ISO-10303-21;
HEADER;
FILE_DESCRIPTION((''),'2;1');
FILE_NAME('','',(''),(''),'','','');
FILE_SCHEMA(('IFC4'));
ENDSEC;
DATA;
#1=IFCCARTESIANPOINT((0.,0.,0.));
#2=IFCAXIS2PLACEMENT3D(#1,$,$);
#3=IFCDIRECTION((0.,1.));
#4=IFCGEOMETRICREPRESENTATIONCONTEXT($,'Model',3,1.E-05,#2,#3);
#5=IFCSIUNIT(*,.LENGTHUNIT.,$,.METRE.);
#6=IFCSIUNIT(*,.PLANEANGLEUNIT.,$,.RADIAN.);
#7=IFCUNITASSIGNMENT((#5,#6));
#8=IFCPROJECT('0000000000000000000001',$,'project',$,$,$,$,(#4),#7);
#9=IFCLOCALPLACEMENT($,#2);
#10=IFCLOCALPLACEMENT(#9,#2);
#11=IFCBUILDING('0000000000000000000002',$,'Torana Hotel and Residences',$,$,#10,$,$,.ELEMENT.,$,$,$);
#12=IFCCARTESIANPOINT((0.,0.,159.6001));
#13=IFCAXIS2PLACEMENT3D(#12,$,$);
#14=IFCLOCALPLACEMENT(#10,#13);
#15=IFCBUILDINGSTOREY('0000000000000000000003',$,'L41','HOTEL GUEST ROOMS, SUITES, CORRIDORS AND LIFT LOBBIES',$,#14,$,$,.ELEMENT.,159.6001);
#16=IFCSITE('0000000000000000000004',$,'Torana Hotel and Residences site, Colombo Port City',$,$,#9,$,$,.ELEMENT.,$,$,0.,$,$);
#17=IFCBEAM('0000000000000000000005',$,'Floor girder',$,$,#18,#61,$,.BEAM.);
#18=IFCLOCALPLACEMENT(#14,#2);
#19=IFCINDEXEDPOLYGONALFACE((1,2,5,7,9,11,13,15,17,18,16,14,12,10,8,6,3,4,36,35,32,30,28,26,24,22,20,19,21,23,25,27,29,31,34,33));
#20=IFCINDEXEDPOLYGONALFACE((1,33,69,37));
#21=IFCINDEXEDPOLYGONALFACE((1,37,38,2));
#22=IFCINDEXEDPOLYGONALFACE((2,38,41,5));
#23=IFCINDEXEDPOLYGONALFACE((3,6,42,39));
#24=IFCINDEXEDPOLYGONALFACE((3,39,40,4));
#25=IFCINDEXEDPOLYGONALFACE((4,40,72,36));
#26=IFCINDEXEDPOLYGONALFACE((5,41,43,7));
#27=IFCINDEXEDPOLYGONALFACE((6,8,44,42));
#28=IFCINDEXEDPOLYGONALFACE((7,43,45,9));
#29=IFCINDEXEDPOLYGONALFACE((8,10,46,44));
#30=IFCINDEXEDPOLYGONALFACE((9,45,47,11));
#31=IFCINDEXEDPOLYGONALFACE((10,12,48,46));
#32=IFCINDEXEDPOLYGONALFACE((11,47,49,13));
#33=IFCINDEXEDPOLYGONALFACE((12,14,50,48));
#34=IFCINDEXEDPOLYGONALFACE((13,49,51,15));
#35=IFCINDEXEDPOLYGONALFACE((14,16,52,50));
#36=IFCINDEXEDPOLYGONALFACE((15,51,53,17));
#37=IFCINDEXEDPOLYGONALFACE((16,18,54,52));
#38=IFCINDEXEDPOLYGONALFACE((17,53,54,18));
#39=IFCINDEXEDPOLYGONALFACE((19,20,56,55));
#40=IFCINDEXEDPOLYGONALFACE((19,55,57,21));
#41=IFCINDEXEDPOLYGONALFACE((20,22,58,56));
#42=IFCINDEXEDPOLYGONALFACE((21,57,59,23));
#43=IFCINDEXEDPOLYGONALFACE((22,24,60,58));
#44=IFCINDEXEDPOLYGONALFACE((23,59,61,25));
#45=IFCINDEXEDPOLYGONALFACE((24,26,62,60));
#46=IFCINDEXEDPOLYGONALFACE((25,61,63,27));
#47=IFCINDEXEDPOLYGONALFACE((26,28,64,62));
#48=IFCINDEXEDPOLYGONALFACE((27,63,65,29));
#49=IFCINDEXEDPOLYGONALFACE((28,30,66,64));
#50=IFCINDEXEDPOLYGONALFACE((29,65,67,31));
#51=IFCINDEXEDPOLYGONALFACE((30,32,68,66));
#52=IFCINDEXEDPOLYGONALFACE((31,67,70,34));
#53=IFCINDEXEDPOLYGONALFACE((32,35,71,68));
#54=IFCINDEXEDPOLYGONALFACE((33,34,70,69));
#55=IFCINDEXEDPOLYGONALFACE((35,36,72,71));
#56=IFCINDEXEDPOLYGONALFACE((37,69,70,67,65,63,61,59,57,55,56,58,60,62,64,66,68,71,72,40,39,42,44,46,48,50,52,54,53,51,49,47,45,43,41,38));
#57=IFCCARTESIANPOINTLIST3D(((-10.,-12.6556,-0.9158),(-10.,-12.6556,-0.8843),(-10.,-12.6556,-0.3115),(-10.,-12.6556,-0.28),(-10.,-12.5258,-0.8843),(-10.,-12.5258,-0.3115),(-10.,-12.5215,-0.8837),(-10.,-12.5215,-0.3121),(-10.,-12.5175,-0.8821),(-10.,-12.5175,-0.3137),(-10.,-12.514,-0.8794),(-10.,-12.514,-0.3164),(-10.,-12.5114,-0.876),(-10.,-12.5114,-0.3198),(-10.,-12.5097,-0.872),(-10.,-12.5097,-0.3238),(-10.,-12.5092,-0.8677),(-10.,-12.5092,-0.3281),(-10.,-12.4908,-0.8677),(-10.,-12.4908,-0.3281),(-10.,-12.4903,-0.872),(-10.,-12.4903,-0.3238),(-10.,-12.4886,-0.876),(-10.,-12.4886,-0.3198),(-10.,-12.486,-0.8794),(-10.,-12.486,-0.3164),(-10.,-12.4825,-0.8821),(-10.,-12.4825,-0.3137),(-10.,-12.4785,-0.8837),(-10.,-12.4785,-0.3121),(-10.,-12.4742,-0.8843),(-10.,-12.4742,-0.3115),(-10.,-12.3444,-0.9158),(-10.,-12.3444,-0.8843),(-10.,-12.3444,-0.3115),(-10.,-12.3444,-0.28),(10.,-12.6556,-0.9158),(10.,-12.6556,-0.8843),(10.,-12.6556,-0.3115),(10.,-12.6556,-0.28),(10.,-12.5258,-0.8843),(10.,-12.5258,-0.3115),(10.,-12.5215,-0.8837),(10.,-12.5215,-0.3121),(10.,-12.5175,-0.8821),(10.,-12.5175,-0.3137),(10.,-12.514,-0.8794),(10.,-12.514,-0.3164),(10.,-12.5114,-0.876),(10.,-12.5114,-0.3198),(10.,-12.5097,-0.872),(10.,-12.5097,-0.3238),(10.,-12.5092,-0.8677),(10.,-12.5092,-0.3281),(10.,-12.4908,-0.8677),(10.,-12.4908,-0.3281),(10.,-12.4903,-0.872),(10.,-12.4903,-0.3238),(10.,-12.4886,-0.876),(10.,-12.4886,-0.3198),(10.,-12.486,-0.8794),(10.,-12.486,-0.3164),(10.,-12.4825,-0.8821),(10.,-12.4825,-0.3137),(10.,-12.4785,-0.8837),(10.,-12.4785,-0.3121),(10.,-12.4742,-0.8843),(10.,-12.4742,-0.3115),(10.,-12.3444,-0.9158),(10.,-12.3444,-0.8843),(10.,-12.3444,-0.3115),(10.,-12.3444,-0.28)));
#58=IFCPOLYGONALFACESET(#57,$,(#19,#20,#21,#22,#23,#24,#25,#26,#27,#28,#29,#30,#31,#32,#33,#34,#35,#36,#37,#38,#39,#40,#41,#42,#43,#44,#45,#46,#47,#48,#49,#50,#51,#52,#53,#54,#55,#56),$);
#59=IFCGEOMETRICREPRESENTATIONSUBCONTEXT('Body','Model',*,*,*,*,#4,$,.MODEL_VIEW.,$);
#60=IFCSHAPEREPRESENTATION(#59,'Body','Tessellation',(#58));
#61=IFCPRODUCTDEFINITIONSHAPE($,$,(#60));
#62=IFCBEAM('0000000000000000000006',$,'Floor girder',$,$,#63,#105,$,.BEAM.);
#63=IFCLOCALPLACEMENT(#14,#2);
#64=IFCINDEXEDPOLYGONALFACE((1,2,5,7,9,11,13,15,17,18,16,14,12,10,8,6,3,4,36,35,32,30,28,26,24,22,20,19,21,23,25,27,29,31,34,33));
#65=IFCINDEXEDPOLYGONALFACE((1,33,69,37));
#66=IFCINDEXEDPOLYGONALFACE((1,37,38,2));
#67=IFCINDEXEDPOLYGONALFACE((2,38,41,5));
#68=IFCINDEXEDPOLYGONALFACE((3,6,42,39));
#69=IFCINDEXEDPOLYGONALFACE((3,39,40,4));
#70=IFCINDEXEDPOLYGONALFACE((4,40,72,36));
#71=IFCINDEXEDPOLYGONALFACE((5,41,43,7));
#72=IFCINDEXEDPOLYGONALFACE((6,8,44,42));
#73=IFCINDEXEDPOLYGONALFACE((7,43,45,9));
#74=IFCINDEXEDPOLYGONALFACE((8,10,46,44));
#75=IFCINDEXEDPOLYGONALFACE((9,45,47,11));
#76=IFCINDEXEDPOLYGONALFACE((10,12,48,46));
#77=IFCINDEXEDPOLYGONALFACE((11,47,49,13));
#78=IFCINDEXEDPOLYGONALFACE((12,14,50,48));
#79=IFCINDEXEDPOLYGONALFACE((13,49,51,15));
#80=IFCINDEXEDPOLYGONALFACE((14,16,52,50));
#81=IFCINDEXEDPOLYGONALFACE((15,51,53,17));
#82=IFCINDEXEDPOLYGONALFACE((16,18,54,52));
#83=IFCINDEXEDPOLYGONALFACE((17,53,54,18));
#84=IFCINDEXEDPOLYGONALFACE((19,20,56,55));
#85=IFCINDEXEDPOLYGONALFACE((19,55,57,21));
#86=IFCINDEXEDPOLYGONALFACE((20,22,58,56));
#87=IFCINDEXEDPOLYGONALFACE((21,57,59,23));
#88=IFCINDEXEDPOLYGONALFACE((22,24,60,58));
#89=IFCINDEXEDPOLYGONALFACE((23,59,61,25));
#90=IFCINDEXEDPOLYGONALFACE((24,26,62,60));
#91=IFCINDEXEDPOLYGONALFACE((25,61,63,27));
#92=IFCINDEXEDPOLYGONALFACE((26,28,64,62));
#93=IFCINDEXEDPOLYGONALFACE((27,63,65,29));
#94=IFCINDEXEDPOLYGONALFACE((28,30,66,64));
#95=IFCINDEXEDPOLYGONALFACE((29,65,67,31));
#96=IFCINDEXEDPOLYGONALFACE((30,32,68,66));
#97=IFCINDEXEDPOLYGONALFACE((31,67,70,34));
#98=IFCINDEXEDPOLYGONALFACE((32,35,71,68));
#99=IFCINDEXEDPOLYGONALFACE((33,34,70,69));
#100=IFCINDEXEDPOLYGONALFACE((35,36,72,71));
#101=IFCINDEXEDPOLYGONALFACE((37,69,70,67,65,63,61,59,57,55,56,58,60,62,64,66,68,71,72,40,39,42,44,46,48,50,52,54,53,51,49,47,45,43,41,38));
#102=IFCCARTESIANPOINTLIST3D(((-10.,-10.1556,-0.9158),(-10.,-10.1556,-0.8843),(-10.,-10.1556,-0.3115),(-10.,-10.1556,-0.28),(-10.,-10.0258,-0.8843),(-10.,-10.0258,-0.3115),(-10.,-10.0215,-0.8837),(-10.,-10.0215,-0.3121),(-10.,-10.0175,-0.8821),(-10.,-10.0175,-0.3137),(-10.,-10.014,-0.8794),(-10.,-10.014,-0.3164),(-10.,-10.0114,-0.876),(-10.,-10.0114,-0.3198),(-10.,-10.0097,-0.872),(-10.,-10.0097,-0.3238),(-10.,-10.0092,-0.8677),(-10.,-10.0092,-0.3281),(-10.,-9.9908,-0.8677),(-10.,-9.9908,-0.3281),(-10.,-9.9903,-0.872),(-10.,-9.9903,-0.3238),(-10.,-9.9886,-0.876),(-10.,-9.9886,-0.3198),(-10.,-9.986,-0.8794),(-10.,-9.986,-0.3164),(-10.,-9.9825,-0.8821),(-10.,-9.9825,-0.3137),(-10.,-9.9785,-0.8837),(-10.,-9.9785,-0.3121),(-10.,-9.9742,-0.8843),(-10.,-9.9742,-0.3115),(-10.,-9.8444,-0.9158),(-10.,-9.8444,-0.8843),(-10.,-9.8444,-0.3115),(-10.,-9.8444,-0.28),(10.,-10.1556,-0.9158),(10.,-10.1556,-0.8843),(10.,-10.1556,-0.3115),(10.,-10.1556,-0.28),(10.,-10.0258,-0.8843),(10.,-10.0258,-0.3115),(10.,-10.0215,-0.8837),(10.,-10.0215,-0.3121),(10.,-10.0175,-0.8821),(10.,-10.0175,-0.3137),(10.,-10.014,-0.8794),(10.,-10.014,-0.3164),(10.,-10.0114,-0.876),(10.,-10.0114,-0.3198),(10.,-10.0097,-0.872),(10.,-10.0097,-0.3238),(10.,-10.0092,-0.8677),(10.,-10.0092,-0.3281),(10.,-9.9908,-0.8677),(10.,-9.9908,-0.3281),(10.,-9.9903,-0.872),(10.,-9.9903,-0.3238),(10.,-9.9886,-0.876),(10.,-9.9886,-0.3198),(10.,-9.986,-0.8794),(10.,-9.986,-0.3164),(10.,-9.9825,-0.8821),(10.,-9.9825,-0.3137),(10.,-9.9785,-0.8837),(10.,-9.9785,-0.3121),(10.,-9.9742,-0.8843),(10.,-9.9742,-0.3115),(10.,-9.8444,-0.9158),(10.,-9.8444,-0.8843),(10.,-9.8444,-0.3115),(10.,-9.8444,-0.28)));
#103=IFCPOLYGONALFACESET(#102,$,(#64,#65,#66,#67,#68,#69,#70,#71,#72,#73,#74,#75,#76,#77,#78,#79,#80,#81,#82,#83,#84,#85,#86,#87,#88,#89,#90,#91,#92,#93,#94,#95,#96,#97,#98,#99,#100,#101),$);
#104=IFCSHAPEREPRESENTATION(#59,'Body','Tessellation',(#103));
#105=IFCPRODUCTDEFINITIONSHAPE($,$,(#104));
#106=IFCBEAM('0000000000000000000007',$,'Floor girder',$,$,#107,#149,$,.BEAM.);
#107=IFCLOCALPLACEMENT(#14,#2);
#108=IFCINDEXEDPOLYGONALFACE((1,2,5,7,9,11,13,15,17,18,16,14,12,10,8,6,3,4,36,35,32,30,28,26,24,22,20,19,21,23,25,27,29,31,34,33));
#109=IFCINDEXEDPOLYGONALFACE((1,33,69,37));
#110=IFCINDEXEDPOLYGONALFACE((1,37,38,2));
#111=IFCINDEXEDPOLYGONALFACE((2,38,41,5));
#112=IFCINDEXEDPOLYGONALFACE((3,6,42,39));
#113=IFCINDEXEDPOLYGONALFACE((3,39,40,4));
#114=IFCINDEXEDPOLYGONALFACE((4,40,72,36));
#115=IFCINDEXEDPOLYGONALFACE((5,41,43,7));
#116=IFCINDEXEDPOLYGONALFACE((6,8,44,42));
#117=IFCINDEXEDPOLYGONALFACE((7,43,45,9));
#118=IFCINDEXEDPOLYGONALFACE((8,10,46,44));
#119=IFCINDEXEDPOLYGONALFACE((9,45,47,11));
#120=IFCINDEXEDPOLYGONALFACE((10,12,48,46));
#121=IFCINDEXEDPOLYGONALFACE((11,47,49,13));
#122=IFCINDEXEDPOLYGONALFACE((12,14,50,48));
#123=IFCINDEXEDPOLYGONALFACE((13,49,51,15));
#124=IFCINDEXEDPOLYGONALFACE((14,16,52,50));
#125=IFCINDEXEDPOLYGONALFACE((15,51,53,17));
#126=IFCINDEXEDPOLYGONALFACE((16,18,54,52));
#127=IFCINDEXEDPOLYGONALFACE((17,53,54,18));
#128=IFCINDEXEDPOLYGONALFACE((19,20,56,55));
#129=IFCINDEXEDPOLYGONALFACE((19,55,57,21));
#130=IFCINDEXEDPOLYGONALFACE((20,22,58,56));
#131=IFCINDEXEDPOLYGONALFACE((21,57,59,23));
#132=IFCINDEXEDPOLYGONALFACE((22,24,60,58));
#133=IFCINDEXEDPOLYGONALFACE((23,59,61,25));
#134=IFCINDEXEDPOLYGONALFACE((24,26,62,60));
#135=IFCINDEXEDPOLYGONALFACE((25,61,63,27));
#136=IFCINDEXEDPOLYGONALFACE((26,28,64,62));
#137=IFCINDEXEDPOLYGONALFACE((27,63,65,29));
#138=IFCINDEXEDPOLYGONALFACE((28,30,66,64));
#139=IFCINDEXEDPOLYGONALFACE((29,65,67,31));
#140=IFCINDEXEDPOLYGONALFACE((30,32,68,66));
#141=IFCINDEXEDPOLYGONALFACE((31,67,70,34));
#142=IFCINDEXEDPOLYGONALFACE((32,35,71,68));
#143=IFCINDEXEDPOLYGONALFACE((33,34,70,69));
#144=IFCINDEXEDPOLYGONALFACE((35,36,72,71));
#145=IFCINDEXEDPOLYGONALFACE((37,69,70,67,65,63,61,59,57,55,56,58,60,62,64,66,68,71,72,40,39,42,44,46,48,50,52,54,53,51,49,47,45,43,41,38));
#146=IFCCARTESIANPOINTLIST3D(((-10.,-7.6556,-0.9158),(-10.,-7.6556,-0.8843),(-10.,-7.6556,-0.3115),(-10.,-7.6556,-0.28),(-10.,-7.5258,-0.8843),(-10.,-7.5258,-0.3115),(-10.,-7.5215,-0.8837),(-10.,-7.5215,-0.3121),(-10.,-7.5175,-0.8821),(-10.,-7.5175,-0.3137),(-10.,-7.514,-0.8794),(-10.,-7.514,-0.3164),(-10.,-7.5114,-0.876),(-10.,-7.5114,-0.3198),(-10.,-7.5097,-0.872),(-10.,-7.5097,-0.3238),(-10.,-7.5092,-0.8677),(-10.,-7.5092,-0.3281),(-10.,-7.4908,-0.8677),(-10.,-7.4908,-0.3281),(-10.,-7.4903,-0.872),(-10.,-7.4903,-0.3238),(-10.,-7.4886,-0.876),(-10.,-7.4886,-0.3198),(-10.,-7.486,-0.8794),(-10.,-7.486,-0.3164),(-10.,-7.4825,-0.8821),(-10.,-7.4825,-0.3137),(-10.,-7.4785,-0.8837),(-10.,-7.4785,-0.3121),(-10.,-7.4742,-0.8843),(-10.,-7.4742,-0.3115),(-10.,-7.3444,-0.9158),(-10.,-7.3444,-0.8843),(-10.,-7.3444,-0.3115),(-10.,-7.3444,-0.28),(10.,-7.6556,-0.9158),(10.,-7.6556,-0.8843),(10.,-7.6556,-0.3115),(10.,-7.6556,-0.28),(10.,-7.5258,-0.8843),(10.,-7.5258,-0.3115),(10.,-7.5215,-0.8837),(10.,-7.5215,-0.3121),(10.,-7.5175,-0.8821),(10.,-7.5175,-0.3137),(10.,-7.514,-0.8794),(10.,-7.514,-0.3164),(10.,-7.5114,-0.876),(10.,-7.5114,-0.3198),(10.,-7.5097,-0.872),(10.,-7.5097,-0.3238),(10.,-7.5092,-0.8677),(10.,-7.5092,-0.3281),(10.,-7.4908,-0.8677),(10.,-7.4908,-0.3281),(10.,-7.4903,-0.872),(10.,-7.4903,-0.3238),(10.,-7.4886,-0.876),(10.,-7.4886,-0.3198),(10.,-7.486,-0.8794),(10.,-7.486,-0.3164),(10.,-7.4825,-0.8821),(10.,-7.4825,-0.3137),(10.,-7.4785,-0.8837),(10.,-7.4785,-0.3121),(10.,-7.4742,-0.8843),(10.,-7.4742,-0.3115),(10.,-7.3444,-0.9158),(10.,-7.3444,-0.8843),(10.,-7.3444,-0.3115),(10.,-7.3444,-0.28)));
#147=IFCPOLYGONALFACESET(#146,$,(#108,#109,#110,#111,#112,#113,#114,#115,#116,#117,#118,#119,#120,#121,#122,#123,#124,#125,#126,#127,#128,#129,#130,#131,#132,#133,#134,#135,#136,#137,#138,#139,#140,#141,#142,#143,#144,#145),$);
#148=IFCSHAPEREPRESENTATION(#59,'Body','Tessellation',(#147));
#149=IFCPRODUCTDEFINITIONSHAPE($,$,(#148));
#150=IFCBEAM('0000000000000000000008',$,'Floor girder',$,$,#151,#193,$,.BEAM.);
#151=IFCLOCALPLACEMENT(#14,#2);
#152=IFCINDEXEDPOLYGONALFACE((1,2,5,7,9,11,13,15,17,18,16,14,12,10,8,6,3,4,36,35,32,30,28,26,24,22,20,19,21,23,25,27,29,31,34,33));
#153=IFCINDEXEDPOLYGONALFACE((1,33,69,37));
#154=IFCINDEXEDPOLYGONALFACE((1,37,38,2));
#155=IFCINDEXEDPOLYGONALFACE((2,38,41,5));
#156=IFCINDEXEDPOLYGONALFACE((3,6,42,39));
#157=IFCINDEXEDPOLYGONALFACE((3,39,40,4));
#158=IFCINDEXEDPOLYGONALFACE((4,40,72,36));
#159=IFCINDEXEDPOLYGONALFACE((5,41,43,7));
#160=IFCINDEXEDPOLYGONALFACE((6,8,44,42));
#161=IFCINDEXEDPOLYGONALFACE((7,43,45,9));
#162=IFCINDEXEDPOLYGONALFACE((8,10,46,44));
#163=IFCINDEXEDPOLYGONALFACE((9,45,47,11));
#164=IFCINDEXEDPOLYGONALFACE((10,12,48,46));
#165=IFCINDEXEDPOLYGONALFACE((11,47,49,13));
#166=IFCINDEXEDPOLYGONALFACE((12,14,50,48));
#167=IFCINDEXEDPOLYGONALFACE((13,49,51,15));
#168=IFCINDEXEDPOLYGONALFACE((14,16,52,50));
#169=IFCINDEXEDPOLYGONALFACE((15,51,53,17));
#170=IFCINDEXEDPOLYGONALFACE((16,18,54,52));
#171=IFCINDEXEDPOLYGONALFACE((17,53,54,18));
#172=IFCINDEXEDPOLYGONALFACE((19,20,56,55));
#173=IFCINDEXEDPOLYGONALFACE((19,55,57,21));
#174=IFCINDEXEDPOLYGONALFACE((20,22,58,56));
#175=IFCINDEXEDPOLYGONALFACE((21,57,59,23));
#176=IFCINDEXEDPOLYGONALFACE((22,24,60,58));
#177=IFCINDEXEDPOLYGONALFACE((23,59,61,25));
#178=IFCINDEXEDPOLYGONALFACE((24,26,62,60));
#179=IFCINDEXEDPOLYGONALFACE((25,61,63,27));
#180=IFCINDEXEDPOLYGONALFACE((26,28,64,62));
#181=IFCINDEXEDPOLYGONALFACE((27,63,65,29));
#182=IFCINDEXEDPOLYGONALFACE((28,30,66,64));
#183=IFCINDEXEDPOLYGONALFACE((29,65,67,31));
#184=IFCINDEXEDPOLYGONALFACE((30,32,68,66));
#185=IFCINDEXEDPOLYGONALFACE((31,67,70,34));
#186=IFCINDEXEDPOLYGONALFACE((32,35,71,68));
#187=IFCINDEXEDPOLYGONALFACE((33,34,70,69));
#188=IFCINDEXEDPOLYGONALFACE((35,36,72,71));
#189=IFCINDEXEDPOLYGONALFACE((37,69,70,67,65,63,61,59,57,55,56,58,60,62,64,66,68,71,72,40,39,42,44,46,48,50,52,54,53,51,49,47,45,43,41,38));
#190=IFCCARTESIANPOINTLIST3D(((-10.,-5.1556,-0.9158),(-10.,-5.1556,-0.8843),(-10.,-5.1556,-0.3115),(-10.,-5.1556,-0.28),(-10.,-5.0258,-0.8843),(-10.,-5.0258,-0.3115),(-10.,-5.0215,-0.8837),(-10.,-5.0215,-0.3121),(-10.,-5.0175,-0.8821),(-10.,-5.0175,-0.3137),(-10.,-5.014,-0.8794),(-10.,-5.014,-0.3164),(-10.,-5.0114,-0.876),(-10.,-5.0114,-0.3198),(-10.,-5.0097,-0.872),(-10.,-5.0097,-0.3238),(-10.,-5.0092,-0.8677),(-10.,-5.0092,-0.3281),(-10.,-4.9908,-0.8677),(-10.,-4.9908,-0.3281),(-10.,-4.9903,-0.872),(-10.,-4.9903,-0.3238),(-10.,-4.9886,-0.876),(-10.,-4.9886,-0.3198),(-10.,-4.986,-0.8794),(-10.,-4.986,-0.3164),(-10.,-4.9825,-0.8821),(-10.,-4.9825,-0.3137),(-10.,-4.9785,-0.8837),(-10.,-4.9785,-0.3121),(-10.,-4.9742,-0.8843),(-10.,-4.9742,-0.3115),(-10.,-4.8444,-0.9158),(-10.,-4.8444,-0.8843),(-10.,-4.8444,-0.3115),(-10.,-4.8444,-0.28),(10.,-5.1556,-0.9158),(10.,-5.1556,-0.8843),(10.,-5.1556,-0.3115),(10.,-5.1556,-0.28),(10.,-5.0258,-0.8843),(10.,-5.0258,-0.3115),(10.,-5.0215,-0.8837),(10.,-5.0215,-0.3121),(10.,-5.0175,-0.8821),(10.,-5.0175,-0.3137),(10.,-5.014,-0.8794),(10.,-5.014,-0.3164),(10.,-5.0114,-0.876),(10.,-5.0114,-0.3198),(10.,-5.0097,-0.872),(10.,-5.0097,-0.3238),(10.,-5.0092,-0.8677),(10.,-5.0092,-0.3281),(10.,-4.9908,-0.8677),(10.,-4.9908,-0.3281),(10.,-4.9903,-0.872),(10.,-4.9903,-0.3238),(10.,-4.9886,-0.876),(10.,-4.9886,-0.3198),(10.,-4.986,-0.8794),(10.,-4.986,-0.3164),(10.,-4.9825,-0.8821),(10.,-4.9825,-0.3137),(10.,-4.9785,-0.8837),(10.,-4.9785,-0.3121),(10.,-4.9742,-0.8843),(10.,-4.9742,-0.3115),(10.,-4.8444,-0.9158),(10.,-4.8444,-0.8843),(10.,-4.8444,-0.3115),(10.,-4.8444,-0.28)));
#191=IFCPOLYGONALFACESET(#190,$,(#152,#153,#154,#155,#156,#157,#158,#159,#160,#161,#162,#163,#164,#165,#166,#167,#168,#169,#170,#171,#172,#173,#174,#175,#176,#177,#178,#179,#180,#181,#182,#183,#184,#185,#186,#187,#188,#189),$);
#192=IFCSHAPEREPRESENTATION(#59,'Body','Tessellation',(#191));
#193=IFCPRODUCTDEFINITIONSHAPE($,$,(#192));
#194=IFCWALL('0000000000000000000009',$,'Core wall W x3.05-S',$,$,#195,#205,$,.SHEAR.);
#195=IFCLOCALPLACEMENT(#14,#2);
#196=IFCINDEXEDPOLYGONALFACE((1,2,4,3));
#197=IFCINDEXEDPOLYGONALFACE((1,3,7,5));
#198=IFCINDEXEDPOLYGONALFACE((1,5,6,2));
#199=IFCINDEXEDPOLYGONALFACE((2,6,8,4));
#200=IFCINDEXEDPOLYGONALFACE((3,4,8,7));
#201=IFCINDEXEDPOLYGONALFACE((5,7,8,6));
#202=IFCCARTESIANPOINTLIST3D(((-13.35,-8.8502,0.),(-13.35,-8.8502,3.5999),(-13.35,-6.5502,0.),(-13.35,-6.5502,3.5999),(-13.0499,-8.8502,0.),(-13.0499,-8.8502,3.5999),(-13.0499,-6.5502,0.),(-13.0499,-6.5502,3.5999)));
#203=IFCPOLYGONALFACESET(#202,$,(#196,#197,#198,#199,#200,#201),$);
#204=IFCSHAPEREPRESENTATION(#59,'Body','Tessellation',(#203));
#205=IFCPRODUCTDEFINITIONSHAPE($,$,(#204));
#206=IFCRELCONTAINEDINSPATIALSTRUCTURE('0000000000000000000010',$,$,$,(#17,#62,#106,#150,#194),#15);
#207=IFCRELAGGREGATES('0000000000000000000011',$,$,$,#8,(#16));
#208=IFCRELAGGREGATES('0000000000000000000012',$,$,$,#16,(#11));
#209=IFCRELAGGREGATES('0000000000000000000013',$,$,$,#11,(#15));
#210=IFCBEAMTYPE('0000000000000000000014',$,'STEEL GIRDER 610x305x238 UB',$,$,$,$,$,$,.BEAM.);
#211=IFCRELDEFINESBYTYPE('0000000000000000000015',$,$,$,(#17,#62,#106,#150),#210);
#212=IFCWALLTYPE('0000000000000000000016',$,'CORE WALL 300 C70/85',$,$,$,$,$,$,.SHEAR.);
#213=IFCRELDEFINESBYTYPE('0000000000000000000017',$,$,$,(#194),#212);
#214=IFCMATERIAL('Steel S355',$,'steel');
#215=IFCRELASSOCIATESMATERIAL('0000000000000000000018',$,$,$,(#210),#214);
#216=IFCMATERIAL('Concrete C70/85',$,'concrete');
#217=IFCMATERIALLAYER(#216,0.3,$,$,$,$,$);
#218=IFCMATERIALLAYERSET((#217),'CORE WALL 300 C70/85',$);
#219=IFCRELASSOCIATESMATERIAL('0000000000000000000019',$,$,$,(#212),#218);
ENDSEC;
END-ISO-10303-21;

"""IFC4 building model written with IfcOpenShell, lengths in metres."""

from ifc_helpers import new_model, si_unit, direction, frame, frame_2d, origin, origin_2d, place, context, subcontext, project, spatial, rectangle, i_section, extrude, material, layer, layer_set, material_profile, profile_set, type_object, element, save


model = new_model("IFC4")

# Units and contexts
model_context = context("Model", 3, precision=1e-05, world=origin(), true_north=direction((0.0, 1.0)))
body_context = subcontext(model_context, "Body", "Model", "MODEL_VIEW")
ifc_project = project(units=[si_unit("LENGTHUNIT", "METRE"), si_unit("PLANEANGLEUNIT", "RADIAN")], contexts=[model_context])

# Site, building, storey
site_placement = place(None, origin())
site = spatial("IfcSite", under=ifc_project, at=site_placement, Name="Torana Hotel and Residences site, Colombo Port City", CompositionType="ELEMENT", RefElevation=0.0)
building_placement = place(site_placement, origin())
building = spatial("IfcBuilding", under=site, at=building_placement, Name="Torana Hotel and Residences", CompositionType="ELEMENT")
storey_placement = place(building_placement, frame((0.0, 0.0, 159.6001)))
storey = spatial("IfcBuildingStorey", under=building, at=storey_placement, Name="L41", Description="HOTEL GUEST ROOMS, SUITES, CORRIDORS AND LIFT LOBBIES", CompositionType="ELEMENT", Elevation=159.6001)

# Beams
ifc_material_1 = material(Name="Steel S355", Category="steel")
ifc_material_profile = material_profile(ifc_material_1, i_section(OverallWidth=0.3113, OverallDepth=0.6357, WebThickness=0.0183, FlangeThickness=0.0315, FilletRadius=0.0166, at=origin_2d()), Name="610x305x238 UB")
ifc_profile_set = profile_set([ifc_material_profile], Name="Steel S355")
beam_type = type_object("IfcBeamType", Name="STEEL GIRDER 610x305x238 UB", PredefinedType="BEAM", material=ifc_profile_set)
for number, where, z_axis, x_axis, name in (
    (1, (-10.0, -12.5, -0.5979), (1.0, 0.0, 0.0), (0.0, 1.0, 0.0), "Floor girder"),
    (2, (-10.0, -10.0, -0.5979), (1.0, 0.0, 0.0), (0.0, 1.0, 0.0), "Floor girder"),
    (3, (-10.0, -7.5, -0.5979), (1.0, 0.0, 0.0), (0.0, 1.0, 0.0), "Floor girder"),
    (4, (-10.0, -5.0, -0.5979), (1.0, 0.0, 0.0), (0.0, 1.0, 0.0), "Floor girder"),
):
    element("IfcBeam", number, at=place(storey_placement, frame(where, z_axis=z_axis, x_axis=x_axis)), inside=storey, type_object=beam_type, Name=name, PredefinedType="BEAM", context=body_context, shape_type="SweptSolid", body=[
        extrude(i_section(OverallWidth=0.3113, OverallDepth=0.6357, WebThickness=0.0183, FlangeThickness=0.0315, FilletRadius=0.0166, at=origin_2d()), origin(), (0.0, 0.0, 1.0), 20.0),
    ])

# Wall
ifc_material_2 = material(Name="Concrete C70/85", Category="concrete")
ifc_layer_1 = layer(ifc_material_2, 0.3)
ifc_layer_set_1 = layer_set([ifc_layer_1], Name="CORE WALL 300 C70/85")
wall_type_1 = type_object("IfcWallType", Name="CORE WALL 300 C70/85", PredefinedType="SHEAR", material=ifc_layer_set_1)
wall_1_placement = place(storey_placement, frame((-13.2, -8.8501, 0.0), z_axis=(0.0, 0.0, 1.0), x_axis=(0.0, 1.0, 0.0)))
element("IfcWall", 5, at=wall_1_placement, inside=storey, type_object=wall_type_1, Name="Core wall W x3.05-S", PredefinedType="SHEAR", context=body_context, shape_type="SweptSolid", body=[
    extrude(rectangle(XDim=2.3, YDim=0.3, at=frame_2d((1.1499, 0.0))), origin(), (0.0, 0.0, 1.0), 3.5999),
])

save(model, "model.ifc")
